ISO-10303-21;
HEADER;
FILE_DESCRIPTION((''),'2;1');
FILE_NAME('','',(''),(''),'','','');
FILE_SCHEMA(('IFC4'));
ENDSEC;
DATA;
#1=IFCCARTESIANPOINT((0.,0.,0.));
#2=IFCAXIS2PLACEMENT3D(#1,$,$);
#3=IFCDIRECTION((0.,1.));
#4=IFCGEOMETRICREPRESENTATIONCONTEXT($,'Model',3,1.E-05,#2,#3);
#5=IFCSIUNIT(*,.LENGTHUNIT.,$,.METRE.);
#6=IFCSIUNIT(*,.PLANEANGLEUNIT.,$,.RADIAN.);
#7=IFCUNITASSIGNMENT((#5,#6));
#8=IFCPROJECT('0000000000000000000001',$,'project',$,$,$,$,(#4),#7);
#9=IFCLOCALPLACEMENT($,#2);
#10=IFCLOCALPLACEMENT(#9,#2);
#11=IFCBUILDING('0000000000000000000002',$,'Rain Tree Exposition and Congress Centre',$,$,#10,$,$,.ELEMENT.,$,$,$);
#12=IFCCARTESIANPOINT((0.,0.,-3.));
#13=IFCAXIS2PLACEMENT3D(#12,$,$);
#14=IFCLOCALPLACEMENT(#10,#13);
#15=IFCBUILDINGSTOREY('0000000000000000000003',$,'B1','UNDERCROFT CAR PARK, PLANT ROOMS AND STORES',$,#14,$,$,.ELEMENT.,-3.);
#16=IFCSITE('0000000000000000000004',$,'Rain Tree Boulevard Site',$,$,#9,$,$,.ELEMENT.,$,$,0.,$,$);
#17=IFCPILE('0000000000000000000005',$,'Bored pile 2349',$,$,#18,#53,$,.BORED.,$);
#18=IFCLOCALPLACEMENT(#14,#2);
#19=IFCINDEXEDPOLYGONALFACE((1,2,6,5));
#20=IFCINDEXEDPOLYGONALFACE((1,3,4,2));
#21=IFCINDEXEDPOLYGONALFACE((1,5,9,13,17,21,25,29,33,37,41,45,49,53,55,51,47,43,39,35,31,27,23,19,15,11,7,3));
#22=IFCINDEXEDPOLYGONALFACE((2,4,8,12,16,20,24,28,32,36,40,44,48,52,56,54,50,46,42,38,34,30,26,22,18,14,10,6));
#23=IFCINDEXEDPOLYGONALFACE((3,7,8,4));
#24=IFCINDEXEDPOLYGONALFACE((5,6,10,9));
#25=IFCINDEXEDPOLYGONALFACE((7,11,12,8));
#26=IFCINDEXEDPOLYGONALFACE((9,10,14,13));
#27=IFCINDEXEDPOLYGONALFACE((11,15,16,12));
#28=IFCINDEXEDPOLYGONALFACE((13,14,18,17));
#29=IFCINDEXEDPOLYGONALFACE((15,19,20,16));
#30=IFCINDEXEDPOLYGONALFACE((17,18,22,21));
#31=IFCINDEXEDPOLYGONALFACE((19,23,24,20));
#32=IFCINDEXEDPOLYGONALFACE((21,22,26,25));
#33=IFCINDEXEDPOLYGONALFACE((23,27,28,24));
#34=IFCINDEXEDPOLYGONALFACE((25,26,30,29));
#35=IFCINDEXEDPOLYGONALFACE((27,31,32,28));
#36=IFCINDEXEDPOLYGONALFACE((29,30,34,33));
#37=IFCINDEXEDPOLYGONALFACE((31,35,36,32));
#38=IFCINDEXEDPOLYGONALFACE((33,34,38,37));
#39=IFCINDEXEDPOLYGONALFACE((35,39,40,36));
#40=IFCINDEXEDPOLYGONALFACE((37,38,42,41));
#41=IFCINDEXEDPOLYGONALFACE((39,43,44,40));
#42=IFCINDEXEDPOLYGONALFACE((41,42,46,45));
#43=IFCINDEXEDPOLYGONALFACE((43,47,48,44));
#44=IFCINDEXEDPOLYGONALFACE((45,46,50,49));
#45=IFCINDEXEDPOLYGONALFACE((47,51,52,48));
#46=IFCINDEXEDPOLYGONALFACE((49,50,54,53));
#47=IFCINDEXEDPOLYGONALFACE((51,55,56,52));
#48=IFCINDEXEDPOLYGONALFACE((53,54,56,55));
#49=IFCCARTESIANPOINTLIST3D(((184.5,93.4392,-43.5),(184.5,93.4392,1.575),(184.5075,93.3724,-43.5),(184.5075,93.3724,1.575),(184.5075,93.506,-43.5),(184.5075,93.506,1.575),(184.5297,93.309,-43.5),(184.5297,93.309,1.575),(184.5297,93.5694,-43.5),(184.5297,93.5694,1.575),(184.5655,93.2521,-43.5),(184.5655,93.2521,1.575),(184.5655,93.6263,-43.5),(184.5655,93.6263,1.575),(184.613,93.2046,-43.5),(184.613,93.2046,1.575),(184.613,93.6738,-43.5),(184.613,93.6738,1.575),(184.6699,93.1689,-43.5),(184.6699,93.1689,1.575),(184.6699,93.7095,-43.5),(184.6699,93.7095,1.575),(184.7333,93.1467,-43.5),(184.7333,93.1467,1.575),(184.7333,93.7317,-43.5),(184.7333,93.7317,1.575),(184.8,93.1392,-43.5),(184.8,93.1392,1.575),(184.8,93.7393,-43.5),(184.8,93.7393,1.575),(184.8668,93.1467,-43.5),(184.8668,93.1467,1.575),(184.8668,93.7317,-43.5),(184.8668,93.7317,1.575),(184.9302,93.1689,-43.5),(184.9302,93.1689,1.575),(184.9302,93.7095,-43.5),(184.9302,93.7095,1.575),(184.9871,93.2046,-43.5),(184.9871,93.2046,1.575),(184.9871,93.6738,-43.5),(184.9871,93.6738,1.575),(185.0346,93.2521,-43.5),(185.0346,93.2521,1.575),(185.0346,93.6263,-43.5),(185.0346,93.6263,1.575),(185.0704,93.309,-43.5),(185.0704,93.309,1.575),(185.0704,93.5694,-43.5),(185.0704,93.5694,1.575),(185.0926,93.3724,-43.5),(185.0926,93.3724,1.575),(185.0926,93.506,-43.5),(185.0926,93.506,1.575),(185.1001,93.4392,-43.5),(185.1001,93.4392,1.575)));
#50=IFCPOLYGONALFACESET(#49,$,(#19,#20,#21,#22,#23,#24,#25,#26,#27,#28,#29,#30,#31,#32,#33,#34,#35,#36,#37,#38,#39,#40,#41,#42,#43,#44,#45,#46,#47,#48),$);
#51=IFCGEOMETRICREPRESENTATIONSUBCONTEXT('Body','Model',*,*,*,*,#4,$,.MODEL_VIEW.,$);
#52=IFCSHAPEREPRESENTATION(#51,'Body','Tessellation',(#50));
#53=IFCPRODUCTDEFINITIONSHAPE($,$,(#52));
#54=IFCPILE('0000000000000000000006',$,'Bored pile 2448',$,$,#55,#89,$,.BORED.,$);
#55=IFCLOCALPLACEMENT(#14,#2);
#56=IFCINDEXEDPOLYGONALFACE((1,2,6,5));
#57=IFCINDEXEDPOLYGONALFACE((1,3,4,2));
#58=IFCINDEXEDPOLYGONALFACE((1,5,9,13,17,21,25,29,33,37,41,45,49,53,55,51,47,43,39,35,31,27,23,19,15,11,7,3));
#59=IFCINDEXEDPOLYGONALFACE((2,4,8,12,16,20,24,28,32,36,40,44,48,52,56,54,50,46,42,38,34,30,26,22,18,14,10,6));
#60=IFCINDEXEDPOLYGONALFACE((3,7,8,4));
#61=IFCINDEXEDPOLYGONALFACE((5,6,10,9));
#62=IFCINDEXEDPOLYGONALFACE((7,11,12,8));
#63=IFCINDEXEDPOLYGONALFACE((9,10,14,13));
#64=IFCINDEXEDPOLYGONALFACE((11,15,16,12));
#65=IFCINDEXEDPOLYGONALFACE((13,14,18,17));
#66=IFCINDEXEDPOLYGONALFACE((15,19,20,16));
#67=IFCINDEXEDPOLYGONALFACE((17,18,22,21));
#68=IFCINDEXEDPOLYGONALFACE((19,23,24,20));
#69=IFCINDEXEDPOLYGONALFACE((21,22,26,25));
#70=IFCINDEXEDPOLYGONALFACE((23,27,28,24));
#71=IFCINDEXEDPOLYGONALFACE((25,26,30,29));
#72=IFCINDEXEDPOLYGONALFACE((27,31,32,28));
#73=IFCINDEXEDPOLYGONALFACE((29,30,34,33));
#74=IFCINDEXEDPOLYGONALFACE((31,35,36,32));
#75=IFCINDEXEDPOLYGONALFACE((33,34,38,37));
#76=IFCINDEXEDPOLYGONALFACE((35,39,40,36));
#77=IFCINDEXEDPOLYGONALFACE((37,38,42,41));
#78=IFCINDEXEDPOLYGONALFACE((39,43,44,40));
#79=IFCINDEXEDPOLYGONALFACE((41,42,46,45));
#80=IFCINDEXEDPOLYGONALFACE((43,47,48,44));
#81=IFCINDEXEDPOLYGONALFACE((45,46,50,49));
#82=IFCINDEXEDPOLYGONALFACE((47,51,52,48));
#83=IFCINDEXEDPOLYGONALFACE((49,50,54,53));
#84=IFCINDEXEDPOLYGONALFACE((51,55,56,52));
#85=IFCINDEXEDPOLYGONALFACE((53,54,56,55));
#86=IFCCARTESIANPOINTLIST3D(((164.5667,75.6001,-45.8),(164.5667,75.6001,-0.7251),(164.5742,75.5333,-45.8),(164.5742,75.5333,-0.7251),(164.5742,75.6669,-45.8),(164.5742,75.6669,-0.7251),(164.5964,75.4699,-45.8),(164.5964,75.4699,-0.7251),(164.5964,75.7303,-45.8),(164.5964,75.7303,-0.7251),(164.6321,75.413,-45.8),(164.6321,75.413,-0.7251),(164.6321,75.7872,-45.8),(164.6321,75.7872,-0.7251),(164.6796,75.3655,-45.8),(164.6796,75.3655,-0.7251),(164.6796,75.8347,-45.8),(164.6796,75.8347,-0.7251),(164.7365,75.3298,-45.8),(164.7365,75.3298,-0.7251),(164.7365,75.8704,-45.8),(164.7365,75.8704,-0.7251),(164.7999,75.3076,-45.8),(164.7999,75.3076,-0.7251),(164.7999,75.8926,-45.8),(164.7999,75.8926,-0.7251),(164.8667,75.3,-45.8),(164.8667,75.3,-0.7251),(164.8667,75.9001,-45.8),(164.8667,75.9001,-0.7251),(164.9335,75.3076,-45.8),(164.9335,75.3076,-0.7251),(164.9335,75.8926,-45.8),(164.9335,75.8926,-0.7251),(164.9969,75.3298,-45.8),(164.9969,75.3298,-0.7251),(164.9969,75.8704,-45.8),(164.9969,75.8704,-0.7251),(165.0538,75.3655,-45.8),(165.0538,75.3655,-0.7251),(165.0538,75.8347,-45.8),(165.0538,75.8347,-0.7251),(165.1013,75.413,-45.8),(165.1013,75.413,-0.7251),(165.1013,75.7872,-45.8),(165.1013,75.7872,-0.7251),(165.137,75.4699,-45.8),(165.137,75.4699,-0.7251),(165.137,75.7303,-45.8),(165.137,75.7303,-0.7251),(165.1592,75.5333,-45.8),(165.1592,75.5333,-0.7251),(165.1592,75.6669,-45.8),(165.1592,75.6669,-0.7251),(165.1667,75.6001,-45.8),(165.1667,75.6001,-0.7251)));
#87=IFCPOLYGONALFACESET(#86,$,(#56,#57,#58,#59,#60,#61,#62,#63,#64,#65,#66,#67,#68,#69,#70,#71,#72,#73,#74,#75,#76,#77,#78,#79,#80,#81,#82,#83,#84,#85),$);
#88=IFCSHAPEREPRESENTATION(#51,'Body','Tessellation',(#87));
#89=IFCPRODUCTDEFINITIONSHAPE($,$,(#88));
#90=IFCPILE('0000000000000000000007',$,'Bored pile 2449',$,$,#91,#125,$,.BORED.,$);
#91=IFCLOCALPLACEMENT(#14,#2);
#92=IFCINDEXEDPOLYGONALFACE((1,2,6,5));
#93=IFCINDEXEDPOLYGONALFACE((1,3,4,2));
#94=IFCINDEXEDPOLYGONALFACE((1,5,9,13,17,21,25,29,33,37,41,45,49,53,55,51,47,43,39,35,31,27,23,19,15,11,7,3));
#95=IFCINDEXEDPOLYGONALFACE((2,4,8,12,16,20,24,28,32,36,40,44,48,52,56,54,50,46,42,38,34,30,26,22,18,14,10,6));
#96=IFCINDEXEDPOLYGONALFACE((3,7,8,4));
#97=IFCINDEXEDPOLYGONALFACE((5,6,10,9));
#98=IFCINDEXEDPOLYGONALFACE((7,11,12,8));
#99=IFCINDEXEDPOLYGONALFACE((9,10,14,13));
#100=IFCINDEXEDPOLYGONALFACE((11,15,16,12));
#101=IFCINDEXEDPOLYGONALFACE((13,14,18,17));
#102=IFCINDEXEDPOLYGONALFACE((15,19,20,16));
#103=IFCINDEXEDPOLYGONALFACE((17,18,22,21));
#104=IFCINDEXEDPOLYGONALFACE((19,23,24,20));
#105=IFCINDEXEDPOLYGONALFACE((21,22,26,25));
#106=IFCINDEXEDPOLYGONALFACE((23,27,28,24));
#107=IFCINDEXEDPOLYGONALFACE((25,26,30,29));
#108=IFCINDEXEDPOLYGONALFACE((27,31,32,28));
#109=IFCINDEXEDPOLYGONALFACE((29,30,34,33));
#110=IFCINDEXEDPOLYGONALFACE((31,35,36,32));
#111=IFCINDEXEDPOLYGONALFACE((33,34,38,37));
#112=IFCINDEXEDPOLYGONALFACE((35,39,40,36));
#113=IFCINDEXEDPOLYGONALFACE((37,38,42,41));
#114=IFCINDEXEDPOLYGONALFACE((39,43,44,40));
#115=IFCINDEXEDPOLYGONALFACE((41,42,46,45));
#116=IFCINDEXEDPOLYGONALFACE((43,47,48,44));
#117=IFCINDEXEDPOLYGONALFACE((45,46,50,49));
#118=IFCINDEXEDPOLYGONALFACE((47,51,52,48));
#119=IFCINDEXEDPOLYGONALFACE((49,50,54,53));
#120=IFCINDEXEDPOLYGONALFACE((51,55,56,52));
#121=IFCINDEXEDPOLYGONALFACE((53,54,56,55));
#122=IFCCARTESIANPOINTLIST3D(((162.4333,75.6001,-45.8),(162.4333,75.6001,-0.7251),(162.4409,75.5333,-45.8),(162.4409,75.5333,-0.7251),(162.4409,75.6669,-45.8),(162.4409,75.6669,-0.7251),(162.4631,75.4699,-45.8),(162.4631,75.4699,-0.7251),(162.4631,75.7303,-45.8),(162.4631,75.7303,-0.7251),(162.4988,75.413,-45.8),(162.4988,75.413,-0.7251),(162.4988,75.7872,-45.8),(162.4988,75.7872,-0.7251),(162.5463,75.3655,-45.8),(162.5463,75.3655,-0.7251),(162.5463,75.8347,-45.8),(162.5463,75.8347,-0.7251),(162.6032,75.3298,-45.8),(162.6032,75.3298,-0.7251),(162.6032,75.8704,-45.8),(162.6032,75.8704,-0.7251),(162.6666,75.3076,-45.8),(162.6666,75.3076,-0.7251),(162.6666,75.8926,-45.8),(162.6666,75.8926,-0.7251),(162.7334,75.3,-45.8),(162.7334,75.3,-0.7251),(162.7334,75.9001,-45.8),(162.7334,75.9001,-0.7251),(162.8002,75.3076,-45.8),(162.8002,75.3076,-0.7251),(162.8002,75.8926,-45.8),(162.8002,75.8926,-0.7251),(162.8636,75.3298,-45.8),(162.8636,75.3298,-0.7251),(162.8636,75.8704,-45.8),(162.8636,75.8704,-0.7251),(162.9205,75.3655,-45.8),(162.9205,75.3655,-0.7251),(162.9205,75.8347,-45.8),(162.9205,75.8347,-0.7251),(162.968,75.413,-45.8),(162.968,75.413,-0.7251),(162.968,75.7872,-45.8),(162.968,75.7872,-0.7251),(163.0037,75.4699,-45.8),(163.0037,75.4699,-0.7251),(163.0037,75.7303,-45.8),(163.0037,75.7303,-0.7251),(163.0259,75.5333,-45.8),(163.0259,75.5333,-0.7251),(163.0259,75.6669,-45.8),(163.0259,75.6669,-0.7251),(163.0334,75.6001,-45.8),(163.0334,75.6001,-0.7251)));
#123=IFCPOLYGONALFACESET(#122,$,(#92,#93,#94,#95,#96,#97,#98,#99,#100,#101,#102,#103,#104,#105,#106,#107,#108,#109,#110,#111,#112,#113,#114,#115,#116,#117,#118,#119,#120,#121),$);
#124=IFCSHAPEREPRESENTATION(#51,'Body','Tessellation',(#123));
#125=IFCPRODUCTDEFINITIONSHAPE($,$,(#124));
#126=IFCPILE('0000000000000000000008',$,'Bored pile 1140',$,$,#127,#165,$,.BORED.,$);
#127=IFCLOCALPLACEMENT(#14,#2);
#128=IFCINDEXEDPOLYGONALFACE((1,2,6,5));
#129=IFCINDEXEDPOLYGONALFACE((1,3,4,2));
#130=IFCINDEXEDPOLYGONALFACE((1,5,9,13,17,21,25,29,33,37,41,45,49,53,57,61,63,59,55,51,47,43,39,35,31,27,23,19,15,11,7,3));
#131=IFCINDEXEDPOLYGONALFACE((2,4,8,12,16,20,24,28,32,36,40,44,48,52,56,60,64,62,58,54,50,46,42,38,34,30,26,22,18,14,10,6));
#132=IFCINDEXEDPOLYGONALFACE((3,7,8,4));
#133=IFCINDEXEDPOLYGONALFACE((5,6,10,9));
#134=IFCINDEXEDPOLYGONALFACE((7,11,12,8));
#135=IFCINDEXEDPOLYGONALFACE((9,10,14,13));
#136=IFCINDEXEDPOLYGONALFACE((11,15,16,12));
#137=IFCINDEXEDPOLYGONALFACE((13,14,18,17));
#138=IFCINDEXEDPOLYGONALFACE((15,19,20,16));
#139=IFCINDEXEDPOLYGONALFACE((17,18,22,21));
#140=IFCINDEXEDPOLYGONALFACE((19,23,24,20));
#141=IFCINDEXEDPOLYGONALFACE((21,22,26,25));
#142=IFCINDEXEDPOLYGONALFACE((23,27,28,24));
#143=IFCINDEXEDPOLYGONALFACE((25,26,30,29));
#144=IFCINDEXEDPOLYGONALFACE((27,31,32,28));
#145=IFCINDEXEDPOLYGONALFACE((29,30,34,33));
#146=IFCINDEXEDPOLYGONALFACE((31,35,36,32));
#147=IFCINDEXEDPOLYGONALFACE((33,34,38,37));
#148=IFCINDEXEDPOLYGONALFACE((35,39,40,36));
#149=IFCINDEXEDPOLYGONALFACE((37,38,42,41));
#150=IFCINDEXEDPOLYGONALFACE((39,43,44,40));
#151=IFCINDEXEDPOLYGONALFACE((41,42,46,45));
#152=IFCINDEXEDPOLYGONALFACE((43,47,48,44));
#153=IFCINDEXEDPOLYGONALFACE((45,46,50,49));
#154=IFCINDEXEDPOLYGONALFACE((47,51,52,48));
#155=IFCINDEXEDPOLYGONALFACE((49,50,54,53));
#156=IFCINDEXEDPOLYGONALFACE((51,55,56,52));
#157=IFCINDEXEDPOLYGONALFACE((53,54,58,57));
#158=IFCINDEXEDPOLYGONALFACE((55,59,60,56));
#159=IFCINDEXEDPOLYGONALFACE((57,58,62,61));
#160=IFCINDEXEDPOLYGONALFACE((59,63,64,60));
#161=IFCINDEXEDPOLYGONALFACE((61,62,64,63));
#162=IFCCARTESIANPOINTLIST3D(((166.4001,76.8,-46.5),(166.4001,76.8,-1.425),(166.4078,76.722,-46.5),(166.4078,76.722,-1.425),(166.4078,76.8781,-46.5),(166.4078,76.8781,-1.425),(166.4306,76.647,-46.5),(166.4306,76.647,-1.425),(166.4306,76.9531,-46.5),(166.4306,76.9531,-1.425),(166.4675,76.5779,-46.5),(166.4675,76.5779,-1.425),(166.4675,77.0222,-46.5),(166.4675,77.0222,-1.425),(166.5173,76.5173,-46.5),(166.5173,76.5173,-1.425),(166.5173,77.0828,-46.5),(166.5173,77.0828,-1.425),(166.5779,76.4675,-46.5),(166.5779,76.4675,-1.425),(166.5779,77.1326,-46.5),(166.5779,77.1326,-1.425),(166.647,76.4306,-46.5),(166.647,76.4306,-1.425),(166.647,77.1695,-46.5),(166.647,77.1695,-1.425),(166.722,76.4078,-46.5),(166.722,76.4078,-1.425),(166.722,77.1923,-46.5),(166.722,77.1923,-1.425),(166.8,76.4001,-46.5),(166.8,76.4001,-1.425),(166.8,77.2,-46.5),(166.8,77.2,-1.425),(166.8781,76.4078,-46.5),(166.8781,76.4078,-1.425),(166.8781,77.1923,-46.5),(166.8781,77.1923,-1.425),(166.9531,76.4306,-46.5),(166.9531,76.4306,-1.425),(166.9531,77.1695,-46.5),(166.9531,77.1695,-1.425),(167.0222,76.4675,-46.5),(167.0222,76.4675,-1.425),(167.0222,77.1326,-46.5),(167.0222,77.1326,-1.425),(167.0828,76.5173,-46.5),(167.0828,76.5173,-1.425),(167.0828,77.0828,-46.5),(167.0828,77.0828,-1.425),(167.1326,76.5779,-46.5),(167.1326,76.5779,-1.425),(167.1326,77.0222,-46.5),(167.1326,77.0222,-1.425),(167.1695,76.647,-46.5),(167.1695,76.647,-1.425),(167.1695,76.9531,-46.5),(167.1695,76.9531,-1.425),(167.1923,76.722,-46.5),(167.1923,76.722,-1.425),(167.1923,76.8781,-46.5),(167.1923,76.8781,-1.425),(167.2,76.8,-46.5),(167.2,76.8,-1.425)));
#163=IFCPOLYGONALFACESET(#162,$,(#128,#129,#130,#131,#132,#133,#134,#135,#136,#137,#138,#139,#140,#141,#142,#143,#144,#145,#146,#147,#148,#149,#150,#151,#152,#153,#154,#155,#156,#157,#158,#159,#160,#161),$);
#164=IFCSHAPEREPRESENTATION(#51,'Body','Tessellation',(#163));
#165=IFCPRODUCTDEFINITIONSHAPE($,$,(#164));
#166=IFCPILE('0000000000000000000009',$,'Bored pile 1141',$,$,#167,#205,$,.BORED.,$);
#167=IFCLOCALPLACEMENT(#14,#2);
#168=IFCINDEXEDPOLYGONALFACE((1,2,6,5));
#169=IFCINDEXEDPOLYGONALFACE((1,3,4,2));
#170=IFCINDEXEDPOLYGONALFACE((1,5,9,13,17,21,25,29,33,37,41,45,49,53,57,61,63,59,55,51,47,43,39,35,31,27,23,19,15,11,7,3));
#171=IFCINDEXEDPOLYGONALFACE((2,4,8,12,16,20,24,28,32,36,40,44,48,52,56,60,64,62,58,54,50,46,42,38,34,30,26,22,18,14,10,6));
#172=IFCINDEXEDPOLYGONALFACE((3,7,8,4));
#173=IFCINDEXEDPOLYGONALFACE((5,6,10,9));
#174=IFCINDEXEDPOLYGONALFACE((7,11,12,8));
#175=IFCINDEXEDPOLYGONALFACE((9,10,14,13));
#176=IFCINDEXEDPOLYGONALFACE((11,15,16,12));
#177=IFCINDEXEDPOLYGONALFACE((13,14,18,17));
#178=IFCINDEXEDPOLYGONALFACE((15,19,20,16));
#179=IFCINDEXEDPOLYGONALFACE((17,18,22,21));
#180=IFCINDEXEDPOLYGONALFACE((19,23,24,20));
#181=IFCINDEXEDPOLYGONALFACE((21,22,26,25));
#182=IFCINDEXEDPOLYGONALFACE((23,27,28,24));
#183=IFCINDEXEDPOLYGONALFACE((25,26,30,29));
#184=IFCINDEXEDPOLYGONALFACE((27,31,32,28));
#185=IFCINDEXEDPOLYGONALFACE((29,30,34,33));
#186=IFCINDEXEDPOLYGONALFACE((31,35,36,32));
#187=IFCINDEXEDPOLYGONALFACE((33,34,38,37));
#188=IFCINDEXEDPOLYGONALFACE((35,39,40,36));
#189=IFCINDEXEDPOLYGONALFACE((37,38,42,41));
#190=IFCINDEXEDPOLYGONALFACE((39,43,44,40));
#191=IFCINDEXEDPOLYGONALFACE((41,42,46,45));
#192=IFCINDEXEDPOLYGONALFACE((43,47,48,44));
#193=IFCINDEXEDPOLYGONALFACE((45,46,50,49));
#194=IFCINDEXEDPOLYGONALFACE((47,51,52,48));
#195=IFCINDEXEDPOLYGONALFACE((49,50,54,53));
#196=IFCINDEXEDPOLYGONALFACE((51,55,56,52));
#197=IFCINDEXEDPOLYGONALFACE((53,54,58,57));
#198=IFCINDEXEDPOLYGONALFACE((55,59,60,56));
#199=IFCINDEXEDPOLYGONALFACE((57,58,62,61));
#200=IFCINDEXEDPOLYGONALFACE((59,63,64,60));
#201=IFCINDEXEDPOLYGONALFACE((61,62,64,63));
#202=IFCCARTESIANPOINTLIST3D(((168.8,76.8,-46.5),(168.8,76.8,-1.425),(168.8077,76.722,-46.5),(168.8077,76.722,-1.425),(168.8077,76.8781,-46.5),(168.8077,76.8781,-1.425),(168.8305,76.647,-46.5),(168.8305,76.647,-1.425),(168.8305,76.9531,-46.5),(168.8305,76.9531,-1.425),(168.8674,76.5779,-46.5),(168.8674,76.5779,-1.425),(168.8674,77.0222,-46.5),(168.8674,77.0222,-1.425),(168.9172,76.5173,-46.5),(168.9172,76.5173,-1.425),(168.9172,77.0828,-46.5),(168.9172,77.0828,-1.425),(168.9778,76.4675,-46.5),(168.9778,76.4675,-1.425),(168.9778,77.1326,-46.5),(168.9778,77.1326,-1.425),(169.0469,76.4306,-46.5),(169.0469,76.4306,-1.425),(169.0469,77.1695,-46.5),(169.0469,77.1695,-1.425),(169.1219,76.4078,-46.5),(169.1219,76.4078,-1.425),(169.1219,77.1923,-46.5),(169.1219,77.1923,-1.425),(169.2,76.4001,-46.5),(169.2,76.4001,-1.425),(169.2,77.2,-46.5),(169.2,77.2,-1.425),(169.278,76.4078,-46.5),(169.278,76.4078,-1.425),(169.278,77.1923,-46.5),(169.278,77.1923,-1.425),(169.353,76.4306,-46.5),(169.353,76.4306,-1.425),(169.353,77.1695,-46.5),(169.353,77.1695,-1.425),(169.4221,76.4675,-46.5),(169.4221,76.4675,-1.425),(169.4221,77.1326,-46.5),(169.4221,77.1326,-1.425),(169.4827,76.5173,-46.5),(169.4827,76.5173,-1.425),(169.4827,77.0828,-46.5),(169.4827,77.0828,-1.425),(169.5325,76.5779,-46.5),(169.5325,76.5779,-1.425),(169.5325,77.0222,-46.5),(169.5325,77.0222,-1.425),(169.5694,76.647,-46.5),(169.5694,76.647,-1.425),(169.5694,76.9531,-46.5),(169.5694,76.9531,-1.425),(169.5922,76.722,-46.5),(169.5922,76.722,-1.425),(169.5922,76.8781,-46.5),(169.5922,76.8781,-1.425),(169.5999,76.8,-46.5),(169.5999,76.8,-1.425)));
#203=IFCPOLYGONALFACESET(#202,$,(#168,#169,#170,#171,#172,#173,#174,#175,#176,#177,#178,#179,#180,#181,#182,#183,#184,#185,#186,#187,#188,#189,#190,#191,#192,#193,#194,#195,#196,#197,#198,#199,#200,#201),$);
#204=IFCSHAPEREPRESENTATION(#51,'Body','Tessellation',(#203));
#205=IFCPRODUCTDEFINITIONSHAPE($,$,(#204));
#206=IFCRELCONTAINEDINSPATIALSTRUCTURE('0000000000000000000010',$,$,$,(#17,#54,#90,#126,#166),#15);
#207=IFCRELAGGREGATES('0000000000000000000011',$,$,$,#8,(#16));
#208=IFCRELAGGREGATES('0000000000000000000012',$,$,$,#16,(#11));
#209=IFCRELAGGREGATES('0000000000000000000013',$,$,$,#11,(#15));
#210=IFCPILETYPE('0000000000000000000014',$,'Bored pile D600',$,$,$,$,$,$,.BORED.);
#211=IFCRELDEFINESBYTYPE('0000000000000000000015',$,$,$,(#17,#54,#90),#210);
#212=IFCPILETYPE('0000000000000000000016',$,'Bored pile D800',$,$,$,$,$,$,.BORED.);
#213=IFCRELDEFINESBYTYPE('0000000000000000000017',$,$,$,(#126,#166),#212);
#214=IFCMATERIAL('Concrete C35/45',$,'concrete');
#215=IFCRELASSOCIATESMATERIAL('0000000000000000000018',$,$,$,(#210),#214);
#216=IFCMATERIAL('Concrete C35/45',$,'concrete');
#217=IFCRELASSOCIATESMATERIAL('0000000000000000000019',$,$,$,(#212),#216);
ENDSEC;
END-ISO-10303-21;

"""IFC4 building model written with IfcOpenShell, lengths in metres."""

from ifc_helpers import new_model, si_unit, direction, frame, origin, origin_2d, place, context, subcontext, project, spatial, circle, extrude, material, material_profile, profile_set, type_object, element, save


model = new_model("IFC4")

# Units and contexts
model_context = context("Model", 3, precision=1e-05, world=origin(), true_north=direction((0.0, 1.0)))
body_context = subcontext(model_context, "Body", "Model", "MODEL_VIEW")
ifc_project = project(units=[si_unit("LENGTHUNIT", "METRE"), si_unit("PLANEANGLEUNIT", "RADIAN")], contexts=[model_context])

# Site, building, storey
site_placement = place(None, origin())
site = spatial("IfcSite", under=ifc_project, at=site_placement, Name="Rain Tree Boulevard Site", CompositionType="ELEMENT", RefElevation=0.0)
building_placement = place(site_placement, origin())
building = spatial("IfcBuilding", under=site, at=building_placement, Name="Rain Tree Exposition and Congress Centre", CompositionType="ELEMENT")
storey_placement = place(building_placement, frame((0.0, 0.0, -3.0)))
storey = spatial("IfcBuildingStorey", under=building, at=storey_placement, Name="B1", Description="UNDERCROFT CAR PARK, PLANT ROOMS AND STORES", CompositionType="ELEMENT", Elevation=-3.0)

# Piles
ifc_material_1 = material(Name="Concrete C35/45", Category="concrete")
ifc_material_profile_1 = material_profile(ifc_material_1, circle(Radius=0.3, at=origin_2d()), Name="D600")
ifc_profile_set_1 = profile_set([ifc_material_profile_1], Name="Concrete C35/45")
pile_type_1 = type_object("IfcPileType", Name="Bored pile D600", PredefinedType="BORED", material=ifc_profile_set_1)
for number, where, z_axis, x_axis, name in (
    (1, (184.8, 93.4392, 1.575), (0.0, 0.0, -1.0), (1.0, 0.0, 0.0), "Bored pile 2349"),
    (2, (164.8667, 75.6001, -0.7251), (0.0, 0.0, -1.0), (1.0, 0.0, 0.0), "Bored pile 2448"),
    (3, (162.7334, 75.6001, -0.7251), (0.0, 0.0, -1.0), (1.0, 0.0, 0.0), "Bored pile 2449"),
):
    element("IfcPile", number, at=place(storey_placement, frame(where, z_axis=z_axis, x_axis=x_axis)), inside=storey, type_object=pile_type_1, Name=name, PredefinedType="BORED", context=body_context, shape_type="SweptSolid", body=[
        extrude(circle(Radius=0.3, at=origin_2d()), origin(), (0.0, 0.0, 1.0), 45.075),
    ])
ifc_material_2 = material(Name="Concrete C35/45", Category="concrete")
ifc_material_profile_2 = material_profile(ifc_material_2, circle(Radius=0.3999, at=origin_2d()), Name="D800")
ifc_profile_set_2 = profile_set([ifc_material_profile_2], Name="Concrete C35/45")
pile_type_2 = type_object("IfcPileType", Name="Bored pile D800", PredefinedType="BORED", material=ifc_profile_set_2)
for number, where, z_axis, x_axis, name in (
    (4, (166.8, 76.8, -1.425), (0.0, 0.0, -1.0), (1.0, 0.0, 0.0), "Bored pile 1140"),
    (5, (169.2, 76.8, -1.425), (0.0, 0.0, -1.0), (1.0, 0.0, 0.0), "Bored pile 1141"),
):
    element("IfcPile", number, at=place(storey_placement, frame(where, z_axis=z_axis, x_axis=x_axis)), inside=storey, type_object=pile_type_2, Name=name, PredefinedType="BORED", context=body_context, shape_type="SweptSolid", body=[
        extrude(circle(Radius=0.3999, at=origin_2d()), origin(), (0.0, 0.0, 1.0), 45.075),
    ])

save(model, "model.ifc")
